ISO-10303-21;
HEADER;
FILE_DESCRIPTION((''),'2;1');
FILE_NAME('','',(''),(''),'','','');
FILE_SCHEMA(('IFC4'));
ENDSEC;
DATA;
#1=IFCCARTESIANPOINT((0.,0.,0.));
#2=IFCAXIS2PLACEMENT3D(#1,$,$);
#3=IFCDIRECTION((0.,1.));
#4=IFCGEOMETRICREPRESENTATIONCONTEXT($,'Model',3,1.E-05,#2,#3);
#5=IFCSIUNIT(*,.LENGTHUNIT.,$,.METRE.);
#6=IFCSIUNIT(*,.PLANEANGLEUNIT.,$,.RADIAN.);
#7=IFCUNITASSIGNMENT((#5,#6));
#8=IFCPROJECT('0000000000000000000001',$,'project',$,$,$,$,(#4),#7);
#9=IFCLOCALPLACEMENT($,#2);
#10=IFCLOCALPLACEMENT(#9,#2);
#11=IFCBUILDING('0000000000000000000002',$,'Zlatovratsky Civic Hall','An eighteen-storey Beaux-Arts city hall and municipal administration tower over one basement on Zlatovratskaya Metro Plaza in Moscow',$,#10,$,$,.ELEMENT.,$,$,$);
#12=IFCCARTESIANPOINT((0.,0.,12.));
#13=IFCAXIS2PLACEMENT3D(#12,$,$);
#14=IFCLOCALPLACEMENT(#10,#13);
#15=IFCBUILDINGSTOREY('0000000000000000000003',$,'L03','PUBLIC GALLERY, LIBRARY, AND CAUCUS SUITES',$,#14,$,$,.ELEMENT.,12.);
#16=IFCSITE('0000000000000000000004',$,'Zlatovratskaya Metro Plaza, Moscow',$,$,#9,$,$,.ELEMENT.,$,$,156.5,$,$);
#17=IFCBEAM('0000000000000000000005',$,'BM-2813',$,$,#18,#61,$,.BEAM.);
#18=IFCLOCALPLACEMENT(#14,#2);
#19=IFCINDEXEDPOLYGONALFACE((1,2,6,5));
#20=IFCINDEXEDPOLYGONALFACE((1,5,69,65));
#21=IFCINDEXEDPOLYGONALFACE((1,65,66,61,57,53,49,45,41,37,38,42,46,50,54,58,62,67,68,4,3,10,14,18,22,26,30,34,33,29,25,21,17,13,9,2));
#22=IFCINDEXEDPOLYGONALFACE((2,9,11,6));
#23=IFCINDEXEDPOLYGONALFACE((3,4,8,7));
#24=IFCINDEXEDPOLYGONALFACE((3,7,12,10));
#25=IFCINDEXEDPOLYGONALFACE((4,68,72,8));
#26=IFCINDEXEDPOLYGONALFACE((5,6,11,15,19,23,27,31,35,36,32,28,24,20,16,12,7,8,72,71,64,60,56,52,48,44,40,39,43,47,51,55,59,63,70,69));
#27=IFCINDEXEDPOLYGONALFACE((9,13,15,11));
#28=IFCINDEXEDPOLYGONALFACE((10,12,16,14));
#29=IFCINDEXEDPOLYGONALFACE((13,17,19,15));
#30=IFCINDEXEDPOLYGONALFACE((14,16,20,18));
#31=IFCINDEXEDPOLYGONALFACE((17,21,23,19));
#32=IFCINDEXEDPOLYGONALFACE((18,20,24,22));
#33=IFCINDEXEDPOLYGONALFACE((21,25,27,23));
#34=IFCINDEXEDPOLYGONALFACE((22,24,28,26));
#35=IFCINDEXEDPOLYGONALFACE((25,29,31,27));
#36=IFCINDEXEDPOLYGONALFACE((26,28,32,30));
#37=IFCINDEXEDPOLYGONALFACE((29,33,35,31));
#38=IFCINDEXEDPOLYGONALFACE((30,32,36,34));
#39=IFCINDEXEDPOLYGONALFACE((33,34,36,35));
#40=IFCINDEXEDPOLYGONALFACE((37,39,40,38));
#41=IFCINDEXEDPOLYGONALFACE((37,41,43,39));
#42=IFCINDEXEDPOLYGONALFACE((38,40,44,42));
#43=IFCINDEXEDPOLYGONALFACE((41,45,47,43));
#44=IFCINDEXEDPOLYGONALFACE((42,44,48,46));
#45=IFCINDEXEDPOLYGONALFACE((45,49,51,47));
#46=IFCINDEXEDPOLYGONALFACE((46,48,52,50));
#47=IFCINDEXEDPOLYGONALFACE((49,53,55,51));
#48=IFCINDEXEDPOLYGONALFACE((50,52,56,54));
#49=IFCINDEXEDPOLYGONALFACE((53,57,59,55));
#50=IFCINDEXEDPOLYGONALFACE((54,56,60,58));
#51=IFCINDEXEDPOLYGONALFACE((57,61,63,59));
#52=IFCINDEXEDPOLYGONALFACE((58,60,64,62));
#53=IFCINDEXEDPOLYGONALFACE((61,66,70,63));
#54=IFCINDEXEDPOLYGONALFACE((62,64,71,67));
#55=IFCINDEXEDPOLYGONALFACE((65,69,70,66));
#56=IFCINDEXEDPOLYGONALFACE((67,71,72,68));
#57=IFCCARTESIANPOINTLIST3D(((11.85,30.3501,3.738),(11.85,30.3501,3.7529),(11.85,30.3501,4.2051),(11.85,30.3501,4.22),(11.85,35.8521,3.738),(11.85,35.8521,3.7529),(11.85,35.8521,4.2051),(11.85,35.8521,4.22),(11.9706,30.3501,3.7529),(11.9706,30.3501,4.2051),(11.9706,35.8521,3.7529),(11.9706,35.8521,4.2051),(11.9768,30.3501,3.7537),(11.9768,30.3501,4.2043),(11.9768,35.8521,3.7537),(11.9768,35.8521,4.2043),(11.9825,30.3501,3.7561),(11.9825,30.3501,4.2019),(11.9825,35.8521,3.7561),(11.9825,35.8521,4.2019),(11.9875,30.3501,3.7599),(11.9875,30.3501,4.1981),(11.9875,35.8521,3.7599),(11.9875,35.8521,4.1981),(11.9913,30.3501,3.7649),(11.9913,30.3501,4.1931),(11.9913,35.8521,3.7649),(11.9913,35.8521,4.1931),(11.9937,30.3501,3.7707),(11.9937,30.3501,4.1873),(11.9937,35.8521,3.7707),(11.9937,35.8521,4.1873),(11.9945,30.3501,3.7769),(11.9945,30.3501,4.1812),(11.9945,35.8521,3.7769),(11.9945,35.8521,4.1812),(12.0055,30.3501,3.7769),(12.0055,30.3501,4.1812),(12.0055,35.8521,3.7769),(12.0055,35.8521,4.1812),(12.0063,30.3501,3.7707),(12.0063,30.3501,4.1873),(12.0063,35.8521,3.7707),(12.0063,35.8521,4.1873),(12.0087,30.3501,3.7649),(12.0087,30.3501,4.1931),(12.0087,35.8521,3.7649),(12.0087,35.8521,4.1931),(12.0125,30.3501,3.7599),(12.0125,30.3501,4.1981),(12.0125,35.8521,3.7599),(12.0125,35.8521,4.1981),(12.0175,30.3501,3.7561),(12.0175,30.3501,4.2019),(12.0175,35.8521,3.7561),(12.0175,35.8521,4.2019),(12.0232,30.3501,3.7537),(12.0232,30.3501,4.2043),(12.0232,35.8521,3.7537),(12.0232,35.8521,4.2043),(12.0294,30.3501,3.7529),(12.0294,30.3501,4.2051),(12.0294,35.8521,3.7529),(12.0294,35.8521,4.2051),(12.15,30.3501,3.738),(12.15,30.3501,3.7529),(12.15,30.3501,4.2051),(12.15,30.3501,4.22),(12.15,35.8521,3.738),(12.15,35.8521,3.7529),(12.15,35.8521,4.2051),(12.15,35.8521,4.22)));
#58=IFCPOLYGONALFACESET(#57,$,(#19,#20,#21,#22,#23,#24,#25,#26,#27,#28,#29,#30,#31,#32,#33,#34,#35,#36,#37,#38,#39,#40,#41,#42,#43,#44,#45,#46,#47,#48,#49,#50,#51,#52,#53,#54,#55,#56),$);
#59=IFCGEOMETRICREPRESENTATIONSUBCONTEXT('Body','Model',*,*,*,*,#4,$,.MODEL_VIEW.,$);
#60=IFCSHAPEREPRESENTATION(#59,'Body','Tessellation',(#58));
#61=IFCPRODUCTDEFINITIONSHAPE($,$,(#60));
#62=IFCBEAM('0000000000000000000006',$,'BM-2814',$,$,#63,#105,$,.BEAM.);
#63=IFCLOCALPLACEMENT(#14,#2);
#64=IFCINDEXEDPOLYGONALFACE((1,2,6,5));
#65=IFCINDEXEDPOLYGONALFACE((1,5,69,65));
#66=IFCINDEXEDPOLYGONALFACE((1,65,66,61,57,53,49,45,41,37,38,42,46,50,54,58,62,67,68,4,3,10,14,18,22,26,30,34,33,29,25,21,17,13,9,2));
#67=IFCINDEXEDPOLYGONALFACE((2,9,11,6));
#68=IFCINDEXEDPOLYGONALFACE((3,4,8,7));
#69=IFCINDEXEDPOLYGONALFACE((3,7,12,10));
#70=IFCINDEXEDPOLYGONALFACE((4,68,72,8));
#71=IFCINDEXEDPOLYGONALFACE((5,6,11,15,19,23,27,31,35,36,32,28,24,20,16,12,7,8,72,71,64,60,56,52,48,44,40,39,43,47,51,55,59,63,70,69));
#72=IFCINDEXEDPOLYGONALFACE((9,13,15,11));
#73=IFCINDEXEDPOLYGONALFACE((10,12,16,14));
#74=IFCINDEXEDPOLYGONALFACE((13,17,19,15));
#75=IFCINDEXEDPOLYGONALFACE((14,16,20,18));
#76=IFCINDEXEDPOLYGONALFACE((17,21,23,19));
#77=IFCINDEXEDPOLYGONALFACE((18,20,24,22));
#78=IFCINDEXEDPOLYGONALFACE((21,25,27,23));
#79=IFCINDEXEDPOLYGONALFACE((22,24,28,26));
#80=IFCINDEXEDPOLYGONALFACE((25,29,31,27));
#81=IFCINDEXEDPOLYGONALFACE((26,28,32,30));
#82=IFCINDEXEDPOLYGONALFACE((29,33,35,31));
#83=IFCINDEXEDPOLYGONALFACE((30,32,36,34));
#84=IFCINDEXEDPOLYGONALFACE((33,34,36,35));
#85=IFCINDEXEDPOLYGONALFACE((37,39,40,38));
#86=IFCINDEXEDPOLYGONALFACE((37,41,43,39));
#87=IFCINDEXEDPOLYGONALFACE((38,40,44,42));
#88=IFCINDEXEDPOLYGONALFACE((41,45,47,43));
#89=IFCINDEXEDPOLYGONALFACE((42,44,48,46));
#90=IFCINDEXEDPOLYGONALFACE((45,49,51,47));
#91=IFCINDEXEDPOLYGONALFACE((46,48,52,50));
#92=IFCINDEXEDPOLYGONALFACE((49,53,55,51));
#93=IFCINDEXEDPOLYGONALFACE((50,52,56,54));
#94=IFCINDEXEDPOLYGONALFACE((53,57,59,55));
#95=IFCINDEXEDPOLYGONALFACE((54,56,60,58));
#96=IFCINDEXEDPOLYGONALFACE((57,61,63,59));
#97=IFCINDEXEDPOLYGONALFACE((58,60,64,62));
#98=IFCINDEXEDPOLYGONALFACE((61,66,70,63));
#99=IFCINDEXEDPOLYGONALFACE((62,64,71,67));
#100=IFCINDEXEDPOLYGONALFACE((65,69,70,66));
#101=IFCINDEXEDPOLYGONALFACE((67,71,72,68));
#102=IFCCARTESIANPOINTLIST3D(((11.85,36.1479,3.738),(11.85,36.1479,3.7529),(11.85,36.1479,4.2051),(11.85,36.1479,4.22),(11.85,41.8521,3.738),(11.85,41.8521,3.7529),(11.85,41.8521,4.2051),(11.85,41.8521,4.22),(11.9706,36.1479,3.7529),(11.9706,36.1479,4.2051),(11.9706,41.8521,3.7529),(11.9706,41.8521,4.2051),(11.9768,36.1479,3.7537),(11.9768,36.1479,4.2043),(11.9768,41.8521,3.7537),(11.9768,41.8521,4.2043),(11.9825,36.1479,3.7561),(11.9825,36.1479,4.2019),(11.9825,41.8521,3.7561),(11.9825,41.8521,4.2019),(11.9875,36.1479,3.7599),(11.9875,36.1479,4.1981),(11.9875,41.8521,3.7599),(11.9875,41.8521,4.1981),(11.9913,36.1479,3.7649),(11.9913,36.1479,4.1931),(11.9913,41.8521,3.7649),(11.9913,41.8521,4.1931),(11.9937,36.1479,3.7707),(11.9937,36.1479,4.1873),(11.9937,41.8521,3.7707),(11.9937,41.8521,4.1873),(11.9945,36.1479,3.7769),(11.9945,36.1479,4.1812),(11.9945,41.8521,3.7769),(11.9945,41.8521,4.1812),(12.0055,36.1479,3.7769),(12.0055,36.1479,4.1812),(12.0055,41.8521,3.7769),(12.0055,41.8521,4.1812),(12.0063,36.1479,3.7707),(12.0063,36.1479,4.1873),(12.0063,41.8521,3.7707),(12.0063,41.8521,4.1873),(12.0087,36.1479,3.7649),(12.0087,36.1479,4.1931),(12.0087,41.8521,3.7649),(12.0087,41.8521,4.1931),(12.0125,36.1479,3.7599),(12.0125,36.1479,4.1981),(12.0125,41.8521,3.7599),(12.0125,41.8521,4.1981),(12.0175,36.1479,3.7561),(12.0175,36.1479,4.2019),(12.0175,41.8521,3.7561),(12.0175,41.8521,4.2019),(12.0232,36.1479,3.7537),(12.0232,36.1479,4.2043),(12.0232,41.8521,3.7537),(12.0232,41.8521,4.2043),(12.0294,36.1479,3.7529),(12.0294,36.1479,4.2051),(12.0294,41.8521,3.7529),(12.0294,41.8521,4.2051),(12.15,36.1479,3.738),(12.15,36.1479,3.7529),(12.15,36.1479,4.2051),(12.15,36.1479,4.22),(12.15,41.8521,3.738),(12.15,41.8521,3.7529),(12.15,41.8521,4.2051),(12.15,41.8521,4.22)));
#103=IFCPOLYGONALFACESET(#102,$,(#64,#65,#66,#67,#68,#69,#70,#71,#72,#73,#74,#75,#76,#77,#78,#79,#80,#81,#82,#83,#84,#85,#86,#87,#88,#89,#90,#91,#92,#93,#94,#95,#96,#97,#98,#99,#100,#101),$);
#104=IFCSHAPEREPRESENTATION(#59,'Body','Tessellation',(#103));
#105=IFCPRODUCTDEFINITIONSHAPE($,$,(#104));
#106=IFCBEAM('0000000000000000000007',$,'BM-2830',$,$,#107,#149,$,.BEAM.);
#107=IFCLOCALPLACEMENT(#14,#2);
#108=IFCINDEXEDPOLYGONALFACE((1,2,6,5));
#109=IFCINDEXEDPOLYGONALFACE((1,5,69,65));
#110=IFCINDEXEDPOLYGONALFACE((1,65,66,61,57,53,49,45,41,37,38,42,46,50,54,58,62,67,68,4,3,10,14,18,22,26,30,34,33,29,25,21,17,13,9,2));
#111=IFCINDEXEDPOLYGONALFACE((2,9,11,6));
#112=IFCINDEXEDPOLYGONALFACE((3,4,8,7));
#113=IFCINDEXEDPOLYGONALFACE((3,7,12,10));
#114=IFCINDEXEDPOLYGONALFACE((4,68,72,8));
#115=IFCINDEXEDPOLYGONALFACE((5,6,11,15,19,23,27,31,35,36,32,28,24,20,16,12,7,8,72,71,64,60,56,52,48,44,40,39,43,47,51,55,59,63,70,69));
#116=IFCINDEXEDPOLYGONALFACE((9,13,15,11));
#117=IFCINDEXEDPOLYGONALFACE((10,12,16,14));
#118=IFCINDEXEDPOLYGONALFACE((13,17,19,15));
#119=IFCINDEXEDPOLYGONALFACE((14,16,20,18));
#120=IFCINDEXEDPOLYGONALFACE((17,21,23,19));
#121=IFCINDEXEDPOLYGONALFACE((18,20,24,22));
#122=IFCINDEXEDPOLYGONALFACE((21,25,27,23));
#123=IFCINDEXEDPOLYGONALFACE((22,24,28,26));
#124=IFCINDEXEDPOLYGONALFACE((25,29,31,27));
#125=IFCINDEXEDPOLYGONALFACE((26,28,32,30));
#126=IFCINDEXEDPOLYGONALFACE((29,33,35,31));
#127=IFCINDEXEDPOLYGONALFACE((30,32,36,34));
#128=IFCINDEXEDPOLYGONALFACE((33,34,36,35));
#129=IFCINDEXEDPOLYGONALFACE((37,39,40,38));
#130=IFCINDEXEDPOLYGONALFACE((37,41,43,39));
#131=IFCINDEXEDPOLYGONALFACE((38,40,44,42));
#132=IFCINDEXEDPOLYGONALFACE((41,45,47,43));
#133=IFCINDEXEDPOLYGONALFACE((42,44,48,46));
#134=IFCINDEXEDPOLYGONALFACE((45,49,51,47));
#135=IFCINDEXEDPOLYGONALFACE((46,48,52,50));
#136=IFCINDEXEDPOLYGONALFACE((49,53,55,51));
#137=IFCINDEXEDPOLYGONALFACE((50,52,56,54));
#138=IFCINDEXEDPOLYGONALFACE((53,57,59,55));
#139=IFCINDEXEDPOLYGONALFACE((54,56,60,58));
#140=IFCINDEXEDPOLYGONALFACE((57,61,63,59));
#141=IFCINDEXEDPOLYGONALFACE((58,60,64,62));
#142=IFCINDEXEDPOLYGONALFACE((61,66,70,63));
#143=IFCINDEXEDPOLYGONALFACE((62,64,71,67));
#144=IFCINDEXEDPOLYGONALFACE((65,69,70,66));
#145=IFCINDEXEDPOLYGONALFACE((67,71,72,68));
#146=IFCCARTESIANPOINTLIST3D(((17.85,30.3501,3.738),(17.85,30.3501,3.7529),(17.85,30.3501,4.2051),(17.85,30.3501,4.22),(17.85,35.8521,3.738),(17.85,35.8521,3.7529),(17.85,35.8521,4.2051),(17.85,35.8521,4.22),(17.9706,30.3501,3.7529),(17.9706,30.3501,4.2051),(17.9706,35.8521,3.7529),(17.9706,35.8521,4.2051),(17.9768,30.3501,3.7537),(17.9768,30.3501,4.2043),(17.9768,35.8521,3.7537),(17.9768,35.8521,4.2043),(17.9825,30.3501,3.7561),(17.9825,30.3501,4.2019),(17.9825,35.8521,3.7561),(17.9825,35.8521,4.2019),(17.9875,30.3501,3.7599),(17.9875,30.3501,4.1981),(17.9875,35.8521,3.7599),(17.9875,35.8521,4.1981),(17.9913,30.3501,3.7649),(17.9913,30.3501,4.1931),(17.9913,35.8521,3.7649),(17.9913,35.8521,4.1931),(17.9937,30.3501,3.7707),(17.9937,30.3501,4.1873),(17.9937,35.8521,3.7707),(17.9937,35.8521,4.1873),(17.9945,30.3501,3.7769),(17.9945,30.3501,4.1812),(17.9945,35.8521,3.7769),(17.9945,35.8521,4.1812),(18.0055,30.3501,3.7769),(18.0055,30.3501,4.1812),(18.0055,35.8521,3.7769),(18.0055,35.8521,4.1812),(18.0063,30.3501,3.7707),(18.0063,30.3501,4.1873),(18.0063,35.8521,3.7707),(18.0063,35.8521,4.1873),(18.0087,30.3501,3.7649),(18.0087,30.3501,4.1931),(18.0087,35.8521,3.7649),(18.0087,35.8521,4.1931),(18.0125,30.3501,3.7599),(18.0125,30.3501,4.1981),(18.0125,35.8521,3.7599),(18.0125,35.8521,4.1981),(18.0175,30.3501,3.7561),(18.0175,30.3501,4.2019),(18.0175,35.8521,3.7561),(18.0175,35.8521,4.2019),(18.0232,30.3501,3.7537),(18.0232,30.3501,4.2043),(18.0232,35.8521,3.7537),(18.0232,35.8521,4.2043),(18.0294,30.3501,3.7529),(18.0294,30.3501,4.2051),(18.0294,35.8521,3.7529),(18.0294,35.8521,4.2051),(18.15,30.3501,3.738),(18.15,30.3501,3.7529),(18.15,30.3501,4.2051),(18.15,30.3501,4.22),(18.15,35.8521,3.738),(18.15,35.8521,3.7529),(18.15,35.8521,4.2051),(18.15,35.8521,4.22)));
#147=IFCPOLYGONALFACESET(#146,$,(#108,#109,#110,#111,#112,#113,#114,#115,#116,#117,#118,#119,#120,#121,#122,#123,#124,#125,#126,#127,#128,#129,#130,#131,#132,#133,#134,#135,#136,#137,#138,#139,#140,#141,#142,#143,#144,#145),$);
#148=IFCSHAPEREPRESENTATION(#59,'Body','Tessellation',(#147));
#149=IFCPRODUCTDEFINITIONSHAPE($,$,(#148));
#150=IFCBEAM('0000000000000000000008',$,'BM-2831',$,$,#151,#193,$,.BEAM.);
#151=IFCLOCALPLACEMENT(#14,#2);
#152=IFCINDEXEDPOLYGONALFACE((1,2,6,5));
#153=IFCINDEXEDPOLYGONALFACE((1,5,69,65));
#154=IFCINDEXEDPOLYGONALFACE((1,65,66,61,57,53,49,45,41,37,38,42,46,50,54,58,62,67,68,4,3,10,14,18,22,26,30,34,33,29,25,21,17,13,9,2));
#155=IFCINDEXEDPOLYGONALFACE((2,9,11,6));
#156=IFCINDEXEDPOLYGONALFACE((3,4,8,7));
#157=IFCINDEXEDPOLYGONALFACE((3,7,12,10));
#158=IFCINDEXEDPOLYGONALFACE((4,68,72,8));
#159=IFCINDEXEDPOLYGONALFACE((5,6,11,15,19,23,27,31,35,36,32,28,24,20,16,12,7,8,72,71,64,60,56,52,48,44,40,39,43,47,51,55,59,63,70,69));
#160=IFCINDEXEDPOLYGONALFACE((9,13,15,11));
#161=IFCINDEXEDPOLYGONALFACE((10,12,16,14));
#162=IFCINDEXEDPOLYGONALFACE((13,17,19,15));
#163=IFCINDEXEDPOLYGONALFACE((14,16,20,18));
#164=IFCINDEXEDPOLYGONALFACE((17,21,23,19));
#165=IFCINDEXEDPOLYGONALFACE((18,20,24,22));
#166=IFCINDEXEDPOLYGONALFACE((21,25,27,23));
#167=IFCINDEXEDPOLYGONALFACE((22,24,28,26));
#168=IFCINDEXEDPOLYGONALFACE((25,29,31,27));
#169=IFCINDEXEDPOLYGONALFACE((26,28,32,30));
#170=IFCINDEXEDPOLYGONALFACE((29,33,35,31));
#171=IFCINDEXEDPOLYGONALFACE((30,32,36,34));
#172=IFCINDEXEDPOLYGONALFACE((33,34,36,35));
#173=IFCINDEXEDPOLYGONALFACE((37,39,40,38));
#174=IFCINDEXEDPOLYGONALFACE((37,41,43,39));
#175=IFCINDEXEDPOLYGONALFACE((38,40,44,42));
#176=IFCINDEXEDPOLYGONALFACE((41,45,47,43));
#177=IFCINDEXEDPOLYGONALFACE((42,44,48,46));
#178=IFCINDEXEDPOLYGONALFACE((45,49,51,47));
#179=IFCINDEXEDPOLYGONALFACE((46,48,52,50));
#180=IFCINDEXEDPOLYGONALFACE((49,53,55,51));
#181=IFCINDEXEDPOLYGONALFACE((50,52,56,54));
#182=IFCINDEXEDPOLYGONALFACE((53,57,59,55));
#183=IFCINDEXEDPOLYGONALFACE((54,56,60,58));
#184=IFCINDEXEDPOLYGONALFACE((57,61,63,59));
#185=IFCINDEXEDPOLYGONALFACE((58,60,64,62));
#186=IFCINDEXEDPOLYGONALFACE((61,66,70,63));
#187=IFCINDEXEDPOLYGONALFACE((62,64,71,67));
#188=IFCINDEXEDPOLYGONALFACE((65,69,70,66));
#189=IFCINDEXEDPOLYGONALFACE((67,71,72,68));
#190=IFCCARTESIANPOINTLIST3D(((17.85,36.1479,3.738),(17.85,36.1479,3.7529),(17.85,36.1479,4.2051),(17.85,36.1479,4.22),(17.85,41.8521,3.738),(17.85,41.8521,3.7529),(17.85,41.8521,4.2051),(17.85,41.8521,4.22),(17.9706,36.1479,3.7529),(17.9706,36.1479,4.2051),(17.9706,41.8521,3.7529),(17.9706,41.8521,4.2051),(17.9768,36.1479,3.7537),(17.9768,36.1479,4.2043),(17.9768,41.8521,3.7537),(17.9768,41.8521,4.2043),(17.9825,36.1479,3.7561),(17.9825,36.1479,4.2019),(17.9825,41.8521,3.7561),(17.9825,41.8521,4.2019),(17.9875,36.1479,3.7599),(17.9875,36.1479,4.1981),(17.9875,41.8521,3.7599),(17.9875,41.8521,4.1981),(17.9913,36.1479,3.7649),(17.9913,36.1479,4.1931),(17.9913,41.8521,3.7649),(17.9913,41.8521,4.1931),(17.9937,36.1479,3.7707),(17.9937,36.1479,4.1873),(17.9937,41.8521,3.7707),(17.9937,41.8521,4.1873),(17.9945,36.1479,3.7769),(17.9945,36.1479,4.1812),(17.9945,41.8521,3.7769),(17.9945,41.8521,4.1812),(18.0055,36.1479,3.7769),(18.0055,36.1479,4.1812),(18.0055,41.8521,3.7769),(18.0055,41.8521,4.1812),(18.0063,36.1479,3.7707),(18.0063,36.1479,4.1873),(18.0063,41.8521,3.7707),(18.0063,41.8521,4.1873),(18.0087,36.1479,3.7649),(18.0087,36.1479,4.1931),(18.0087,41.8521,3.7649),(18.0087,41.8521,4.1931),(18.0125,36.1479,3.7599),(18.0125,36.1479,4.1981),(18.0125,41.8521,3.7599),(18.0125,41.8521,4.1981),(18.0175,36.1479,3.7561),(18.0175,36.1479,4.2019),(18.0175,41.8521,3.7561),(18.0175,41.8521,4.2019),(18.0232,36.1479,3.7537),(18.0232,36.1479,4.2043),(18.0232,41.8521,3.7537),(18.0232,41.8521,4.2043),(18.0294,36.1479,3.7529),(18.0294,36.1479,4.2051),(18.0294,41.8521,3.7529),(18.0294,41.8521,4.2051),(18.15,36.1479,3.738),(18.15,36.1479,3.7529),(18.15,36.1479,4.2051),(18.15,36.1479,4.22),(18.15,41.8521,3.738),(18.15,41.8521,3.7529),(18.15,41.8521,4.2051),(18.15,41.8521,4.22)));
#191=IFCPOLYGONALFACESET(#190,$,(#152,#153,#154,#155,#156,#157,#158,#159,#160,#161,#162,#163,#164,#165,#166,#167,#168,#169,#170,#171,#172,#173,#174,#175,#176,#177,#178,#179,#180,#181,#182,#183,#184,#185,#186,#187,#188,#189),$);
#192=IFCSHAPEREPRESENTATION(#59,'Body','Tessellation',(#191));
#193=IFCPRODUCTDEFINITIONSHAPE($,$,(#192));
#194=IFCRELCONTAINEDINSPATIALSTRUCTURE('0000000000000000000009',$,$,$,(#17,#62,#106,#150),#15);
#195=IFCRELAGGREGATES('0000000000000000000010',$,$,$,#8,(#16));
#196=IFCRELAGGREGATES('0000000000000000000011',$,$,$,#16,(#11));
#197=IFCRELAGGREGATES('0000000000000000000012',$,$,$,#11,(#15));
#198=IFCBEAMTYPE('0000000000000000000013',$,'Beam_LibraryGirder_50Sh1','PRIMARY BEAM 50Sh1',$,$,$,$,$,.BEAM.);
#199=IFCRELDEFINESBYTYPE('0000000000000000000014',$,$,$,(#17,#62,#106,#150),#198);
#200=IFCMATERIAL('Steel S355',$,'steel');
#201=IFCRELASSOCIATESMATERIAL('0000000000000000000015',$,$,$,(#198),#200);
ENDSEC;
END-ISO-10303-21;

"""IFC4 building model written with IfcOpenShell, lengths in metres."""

from ifc_helpers import new_model, si_unit, direction, frame, origin, origin_2d, place, context, subcontext, project, spatial, i_section, extrude, material, material_profile, profile_set, type_object, element, save


model = new_model("IFC4")

# Units and contexts
model_context = context("Model", 3, precision=1e-05, world=origin(), true_north=direction((0.0, 1.0)))
body_context = subcontext(model_context, "Body", "Model", "MODEL_VIEW")
ifc_project = project(units=[si_unit("LENGTHUNIT", "METRE"), si_unit("PLANEANGLEUNIT", "RADIAN")], contexts=[model_context])

# Site, building, storey
site_placement = place(None, origin())
site = spatial("IfcSite", under=ifc_project, at=site_placement, Name="Zlatovratskaya Metro Plaza, Moscow", CompositionType="ELEMENT", RefElevation=156.5)
building_placement = place(site_placement, origin())
building = spatial("IfcBuilding", under=site, at=building_placement, Name="Zlatovratsky Civic Hall", Description="An eighteen-storey Beaux-Arts city hall and municipal administration tower over one basement on Zlatovratskaya Metro Plaza in Moscow", CompositionType="ELEMENT")
storey_placement = place(building_placement, frame((0.0, 0.0, 12.0)))
storey = spatial("IfcBuildingStorey", under=building, at=storey_placement, Name="L03", Description="PUBLIC GALLERY, LIBRARY, AND CAUCUS SUITES", CompositionType="ELEMENT", Elevation=12.0)

# Shared definitions
ifc_material_1 = material(Name="Steel S355", Category="steel")

# Beams
ifc_material_profile_1 = material_profile(ifc_material_1, i_section(OverallWidth=0.3, OverallDepth=0.4819, WebThickness=0.011, FlangeThickness=0.0149, FilletRadius=0.0239, at=origin_2d()), Name="50Sh1")
ifc_profile_set_1 = profile_set([ifc_material_profile_1], Name="Steel S355")
beam_type_1 = type_object("IfcBeamType", Name="Beam_LibraryGirder_50Sh1", Description="PRIMARY BEAM 50Sh1", PredefinedType="BEAM", material=ifc_profile_set_1)
beam_1_placement = place(storey_placement, frame((12.0, 30.3501, 3.979), z_axis=(0.0, 1.0, 0.0), x_axis=(-1.0, 0.0, 0.0)))
element("IfcBeam", 1, at=beam_1_placement, inside=storey, type_object=beam_type_1, Name="BM-2813", PredefinedType="BEAM", context=body_context, shape_type="SweptSolid", body=[
    extrude(i_section(OverallWidth=0.3, OverallDepth=0.4819, WebThickness=0.011, FlangeThickness=0.0149, FilletRadius=0.0239, at=origin_2d()), origin(), (0.0, 0.0, 1.0), 5.502),
])
beam_2_placement = place(storey_placement, frame((12.0, 36.1479, 3.979), z_axis=(0.0, 1.0, 0.0), x_axis=(-1.0, 0.0, 0.0)))
element("IfcBeam", 2, at=beam_2_placement, inside=storey, type_object=beam_type_1, Name="BM-2814", PredefinedType="BEAM", context=body_context, shape_type="SweptSolid", body=[
    extrude(i_section(OverallWidth=0.3, OverallDepth=0.4819, WebThickness=0.011, FlangeThickness=0.0149, FilletRadius=0.0239, at=origin_2d()), origin(), (0.0, 0.0, 1.0), 5.7041),
])
beam_3_placement = place(storey_placement, frame((18.0, 30.3501, 3.979), z_axis=(0.0, 1.0, 0.0), x_axis=(-1.0, 0.0, 0.0)))
element("IfcBeam", 3, at=beam_3_placement, inside=storey, type_object=beam_type_1, Name="BM-2830", PredefinedType="BEAM", context=body_context, shape_type="SweptSolid", body=[
    extrude(i_section(OverallWidth=0.3, OverallDepth=0.4819, WebThickness=0.011, FlangeThickness=0.0149, FilletRadius=0.0239, at=origin_2d()), origin(), (0.0, 0.0, 1.0), 5.502),
])
beam_4_placement = place(storey_placement, frame((18.0, 36.1479, 3.979), z_axis=(0.0, 1.0, 0.0), x_axis=(-1.0, 0.0, 0.0)))
element("IfcBeam", 4, at=beam_4_placement, inside=storey, type_object=beam_type_1, Name="BM-2831", PredefinedType="BEAM", context=body_context, shape_type="SweptSolid", body=[
    extrude(i_section(OverallWidth=0.3, OverallDepth=0.4819, WebThickness=0.011, FlangeThickness=0.0149, FilletRadius=0.0239, at=origin_2d()), origin(), (0.0, 0.0, 1.0), 5.7041),
])

save(model, "model.ifc")
